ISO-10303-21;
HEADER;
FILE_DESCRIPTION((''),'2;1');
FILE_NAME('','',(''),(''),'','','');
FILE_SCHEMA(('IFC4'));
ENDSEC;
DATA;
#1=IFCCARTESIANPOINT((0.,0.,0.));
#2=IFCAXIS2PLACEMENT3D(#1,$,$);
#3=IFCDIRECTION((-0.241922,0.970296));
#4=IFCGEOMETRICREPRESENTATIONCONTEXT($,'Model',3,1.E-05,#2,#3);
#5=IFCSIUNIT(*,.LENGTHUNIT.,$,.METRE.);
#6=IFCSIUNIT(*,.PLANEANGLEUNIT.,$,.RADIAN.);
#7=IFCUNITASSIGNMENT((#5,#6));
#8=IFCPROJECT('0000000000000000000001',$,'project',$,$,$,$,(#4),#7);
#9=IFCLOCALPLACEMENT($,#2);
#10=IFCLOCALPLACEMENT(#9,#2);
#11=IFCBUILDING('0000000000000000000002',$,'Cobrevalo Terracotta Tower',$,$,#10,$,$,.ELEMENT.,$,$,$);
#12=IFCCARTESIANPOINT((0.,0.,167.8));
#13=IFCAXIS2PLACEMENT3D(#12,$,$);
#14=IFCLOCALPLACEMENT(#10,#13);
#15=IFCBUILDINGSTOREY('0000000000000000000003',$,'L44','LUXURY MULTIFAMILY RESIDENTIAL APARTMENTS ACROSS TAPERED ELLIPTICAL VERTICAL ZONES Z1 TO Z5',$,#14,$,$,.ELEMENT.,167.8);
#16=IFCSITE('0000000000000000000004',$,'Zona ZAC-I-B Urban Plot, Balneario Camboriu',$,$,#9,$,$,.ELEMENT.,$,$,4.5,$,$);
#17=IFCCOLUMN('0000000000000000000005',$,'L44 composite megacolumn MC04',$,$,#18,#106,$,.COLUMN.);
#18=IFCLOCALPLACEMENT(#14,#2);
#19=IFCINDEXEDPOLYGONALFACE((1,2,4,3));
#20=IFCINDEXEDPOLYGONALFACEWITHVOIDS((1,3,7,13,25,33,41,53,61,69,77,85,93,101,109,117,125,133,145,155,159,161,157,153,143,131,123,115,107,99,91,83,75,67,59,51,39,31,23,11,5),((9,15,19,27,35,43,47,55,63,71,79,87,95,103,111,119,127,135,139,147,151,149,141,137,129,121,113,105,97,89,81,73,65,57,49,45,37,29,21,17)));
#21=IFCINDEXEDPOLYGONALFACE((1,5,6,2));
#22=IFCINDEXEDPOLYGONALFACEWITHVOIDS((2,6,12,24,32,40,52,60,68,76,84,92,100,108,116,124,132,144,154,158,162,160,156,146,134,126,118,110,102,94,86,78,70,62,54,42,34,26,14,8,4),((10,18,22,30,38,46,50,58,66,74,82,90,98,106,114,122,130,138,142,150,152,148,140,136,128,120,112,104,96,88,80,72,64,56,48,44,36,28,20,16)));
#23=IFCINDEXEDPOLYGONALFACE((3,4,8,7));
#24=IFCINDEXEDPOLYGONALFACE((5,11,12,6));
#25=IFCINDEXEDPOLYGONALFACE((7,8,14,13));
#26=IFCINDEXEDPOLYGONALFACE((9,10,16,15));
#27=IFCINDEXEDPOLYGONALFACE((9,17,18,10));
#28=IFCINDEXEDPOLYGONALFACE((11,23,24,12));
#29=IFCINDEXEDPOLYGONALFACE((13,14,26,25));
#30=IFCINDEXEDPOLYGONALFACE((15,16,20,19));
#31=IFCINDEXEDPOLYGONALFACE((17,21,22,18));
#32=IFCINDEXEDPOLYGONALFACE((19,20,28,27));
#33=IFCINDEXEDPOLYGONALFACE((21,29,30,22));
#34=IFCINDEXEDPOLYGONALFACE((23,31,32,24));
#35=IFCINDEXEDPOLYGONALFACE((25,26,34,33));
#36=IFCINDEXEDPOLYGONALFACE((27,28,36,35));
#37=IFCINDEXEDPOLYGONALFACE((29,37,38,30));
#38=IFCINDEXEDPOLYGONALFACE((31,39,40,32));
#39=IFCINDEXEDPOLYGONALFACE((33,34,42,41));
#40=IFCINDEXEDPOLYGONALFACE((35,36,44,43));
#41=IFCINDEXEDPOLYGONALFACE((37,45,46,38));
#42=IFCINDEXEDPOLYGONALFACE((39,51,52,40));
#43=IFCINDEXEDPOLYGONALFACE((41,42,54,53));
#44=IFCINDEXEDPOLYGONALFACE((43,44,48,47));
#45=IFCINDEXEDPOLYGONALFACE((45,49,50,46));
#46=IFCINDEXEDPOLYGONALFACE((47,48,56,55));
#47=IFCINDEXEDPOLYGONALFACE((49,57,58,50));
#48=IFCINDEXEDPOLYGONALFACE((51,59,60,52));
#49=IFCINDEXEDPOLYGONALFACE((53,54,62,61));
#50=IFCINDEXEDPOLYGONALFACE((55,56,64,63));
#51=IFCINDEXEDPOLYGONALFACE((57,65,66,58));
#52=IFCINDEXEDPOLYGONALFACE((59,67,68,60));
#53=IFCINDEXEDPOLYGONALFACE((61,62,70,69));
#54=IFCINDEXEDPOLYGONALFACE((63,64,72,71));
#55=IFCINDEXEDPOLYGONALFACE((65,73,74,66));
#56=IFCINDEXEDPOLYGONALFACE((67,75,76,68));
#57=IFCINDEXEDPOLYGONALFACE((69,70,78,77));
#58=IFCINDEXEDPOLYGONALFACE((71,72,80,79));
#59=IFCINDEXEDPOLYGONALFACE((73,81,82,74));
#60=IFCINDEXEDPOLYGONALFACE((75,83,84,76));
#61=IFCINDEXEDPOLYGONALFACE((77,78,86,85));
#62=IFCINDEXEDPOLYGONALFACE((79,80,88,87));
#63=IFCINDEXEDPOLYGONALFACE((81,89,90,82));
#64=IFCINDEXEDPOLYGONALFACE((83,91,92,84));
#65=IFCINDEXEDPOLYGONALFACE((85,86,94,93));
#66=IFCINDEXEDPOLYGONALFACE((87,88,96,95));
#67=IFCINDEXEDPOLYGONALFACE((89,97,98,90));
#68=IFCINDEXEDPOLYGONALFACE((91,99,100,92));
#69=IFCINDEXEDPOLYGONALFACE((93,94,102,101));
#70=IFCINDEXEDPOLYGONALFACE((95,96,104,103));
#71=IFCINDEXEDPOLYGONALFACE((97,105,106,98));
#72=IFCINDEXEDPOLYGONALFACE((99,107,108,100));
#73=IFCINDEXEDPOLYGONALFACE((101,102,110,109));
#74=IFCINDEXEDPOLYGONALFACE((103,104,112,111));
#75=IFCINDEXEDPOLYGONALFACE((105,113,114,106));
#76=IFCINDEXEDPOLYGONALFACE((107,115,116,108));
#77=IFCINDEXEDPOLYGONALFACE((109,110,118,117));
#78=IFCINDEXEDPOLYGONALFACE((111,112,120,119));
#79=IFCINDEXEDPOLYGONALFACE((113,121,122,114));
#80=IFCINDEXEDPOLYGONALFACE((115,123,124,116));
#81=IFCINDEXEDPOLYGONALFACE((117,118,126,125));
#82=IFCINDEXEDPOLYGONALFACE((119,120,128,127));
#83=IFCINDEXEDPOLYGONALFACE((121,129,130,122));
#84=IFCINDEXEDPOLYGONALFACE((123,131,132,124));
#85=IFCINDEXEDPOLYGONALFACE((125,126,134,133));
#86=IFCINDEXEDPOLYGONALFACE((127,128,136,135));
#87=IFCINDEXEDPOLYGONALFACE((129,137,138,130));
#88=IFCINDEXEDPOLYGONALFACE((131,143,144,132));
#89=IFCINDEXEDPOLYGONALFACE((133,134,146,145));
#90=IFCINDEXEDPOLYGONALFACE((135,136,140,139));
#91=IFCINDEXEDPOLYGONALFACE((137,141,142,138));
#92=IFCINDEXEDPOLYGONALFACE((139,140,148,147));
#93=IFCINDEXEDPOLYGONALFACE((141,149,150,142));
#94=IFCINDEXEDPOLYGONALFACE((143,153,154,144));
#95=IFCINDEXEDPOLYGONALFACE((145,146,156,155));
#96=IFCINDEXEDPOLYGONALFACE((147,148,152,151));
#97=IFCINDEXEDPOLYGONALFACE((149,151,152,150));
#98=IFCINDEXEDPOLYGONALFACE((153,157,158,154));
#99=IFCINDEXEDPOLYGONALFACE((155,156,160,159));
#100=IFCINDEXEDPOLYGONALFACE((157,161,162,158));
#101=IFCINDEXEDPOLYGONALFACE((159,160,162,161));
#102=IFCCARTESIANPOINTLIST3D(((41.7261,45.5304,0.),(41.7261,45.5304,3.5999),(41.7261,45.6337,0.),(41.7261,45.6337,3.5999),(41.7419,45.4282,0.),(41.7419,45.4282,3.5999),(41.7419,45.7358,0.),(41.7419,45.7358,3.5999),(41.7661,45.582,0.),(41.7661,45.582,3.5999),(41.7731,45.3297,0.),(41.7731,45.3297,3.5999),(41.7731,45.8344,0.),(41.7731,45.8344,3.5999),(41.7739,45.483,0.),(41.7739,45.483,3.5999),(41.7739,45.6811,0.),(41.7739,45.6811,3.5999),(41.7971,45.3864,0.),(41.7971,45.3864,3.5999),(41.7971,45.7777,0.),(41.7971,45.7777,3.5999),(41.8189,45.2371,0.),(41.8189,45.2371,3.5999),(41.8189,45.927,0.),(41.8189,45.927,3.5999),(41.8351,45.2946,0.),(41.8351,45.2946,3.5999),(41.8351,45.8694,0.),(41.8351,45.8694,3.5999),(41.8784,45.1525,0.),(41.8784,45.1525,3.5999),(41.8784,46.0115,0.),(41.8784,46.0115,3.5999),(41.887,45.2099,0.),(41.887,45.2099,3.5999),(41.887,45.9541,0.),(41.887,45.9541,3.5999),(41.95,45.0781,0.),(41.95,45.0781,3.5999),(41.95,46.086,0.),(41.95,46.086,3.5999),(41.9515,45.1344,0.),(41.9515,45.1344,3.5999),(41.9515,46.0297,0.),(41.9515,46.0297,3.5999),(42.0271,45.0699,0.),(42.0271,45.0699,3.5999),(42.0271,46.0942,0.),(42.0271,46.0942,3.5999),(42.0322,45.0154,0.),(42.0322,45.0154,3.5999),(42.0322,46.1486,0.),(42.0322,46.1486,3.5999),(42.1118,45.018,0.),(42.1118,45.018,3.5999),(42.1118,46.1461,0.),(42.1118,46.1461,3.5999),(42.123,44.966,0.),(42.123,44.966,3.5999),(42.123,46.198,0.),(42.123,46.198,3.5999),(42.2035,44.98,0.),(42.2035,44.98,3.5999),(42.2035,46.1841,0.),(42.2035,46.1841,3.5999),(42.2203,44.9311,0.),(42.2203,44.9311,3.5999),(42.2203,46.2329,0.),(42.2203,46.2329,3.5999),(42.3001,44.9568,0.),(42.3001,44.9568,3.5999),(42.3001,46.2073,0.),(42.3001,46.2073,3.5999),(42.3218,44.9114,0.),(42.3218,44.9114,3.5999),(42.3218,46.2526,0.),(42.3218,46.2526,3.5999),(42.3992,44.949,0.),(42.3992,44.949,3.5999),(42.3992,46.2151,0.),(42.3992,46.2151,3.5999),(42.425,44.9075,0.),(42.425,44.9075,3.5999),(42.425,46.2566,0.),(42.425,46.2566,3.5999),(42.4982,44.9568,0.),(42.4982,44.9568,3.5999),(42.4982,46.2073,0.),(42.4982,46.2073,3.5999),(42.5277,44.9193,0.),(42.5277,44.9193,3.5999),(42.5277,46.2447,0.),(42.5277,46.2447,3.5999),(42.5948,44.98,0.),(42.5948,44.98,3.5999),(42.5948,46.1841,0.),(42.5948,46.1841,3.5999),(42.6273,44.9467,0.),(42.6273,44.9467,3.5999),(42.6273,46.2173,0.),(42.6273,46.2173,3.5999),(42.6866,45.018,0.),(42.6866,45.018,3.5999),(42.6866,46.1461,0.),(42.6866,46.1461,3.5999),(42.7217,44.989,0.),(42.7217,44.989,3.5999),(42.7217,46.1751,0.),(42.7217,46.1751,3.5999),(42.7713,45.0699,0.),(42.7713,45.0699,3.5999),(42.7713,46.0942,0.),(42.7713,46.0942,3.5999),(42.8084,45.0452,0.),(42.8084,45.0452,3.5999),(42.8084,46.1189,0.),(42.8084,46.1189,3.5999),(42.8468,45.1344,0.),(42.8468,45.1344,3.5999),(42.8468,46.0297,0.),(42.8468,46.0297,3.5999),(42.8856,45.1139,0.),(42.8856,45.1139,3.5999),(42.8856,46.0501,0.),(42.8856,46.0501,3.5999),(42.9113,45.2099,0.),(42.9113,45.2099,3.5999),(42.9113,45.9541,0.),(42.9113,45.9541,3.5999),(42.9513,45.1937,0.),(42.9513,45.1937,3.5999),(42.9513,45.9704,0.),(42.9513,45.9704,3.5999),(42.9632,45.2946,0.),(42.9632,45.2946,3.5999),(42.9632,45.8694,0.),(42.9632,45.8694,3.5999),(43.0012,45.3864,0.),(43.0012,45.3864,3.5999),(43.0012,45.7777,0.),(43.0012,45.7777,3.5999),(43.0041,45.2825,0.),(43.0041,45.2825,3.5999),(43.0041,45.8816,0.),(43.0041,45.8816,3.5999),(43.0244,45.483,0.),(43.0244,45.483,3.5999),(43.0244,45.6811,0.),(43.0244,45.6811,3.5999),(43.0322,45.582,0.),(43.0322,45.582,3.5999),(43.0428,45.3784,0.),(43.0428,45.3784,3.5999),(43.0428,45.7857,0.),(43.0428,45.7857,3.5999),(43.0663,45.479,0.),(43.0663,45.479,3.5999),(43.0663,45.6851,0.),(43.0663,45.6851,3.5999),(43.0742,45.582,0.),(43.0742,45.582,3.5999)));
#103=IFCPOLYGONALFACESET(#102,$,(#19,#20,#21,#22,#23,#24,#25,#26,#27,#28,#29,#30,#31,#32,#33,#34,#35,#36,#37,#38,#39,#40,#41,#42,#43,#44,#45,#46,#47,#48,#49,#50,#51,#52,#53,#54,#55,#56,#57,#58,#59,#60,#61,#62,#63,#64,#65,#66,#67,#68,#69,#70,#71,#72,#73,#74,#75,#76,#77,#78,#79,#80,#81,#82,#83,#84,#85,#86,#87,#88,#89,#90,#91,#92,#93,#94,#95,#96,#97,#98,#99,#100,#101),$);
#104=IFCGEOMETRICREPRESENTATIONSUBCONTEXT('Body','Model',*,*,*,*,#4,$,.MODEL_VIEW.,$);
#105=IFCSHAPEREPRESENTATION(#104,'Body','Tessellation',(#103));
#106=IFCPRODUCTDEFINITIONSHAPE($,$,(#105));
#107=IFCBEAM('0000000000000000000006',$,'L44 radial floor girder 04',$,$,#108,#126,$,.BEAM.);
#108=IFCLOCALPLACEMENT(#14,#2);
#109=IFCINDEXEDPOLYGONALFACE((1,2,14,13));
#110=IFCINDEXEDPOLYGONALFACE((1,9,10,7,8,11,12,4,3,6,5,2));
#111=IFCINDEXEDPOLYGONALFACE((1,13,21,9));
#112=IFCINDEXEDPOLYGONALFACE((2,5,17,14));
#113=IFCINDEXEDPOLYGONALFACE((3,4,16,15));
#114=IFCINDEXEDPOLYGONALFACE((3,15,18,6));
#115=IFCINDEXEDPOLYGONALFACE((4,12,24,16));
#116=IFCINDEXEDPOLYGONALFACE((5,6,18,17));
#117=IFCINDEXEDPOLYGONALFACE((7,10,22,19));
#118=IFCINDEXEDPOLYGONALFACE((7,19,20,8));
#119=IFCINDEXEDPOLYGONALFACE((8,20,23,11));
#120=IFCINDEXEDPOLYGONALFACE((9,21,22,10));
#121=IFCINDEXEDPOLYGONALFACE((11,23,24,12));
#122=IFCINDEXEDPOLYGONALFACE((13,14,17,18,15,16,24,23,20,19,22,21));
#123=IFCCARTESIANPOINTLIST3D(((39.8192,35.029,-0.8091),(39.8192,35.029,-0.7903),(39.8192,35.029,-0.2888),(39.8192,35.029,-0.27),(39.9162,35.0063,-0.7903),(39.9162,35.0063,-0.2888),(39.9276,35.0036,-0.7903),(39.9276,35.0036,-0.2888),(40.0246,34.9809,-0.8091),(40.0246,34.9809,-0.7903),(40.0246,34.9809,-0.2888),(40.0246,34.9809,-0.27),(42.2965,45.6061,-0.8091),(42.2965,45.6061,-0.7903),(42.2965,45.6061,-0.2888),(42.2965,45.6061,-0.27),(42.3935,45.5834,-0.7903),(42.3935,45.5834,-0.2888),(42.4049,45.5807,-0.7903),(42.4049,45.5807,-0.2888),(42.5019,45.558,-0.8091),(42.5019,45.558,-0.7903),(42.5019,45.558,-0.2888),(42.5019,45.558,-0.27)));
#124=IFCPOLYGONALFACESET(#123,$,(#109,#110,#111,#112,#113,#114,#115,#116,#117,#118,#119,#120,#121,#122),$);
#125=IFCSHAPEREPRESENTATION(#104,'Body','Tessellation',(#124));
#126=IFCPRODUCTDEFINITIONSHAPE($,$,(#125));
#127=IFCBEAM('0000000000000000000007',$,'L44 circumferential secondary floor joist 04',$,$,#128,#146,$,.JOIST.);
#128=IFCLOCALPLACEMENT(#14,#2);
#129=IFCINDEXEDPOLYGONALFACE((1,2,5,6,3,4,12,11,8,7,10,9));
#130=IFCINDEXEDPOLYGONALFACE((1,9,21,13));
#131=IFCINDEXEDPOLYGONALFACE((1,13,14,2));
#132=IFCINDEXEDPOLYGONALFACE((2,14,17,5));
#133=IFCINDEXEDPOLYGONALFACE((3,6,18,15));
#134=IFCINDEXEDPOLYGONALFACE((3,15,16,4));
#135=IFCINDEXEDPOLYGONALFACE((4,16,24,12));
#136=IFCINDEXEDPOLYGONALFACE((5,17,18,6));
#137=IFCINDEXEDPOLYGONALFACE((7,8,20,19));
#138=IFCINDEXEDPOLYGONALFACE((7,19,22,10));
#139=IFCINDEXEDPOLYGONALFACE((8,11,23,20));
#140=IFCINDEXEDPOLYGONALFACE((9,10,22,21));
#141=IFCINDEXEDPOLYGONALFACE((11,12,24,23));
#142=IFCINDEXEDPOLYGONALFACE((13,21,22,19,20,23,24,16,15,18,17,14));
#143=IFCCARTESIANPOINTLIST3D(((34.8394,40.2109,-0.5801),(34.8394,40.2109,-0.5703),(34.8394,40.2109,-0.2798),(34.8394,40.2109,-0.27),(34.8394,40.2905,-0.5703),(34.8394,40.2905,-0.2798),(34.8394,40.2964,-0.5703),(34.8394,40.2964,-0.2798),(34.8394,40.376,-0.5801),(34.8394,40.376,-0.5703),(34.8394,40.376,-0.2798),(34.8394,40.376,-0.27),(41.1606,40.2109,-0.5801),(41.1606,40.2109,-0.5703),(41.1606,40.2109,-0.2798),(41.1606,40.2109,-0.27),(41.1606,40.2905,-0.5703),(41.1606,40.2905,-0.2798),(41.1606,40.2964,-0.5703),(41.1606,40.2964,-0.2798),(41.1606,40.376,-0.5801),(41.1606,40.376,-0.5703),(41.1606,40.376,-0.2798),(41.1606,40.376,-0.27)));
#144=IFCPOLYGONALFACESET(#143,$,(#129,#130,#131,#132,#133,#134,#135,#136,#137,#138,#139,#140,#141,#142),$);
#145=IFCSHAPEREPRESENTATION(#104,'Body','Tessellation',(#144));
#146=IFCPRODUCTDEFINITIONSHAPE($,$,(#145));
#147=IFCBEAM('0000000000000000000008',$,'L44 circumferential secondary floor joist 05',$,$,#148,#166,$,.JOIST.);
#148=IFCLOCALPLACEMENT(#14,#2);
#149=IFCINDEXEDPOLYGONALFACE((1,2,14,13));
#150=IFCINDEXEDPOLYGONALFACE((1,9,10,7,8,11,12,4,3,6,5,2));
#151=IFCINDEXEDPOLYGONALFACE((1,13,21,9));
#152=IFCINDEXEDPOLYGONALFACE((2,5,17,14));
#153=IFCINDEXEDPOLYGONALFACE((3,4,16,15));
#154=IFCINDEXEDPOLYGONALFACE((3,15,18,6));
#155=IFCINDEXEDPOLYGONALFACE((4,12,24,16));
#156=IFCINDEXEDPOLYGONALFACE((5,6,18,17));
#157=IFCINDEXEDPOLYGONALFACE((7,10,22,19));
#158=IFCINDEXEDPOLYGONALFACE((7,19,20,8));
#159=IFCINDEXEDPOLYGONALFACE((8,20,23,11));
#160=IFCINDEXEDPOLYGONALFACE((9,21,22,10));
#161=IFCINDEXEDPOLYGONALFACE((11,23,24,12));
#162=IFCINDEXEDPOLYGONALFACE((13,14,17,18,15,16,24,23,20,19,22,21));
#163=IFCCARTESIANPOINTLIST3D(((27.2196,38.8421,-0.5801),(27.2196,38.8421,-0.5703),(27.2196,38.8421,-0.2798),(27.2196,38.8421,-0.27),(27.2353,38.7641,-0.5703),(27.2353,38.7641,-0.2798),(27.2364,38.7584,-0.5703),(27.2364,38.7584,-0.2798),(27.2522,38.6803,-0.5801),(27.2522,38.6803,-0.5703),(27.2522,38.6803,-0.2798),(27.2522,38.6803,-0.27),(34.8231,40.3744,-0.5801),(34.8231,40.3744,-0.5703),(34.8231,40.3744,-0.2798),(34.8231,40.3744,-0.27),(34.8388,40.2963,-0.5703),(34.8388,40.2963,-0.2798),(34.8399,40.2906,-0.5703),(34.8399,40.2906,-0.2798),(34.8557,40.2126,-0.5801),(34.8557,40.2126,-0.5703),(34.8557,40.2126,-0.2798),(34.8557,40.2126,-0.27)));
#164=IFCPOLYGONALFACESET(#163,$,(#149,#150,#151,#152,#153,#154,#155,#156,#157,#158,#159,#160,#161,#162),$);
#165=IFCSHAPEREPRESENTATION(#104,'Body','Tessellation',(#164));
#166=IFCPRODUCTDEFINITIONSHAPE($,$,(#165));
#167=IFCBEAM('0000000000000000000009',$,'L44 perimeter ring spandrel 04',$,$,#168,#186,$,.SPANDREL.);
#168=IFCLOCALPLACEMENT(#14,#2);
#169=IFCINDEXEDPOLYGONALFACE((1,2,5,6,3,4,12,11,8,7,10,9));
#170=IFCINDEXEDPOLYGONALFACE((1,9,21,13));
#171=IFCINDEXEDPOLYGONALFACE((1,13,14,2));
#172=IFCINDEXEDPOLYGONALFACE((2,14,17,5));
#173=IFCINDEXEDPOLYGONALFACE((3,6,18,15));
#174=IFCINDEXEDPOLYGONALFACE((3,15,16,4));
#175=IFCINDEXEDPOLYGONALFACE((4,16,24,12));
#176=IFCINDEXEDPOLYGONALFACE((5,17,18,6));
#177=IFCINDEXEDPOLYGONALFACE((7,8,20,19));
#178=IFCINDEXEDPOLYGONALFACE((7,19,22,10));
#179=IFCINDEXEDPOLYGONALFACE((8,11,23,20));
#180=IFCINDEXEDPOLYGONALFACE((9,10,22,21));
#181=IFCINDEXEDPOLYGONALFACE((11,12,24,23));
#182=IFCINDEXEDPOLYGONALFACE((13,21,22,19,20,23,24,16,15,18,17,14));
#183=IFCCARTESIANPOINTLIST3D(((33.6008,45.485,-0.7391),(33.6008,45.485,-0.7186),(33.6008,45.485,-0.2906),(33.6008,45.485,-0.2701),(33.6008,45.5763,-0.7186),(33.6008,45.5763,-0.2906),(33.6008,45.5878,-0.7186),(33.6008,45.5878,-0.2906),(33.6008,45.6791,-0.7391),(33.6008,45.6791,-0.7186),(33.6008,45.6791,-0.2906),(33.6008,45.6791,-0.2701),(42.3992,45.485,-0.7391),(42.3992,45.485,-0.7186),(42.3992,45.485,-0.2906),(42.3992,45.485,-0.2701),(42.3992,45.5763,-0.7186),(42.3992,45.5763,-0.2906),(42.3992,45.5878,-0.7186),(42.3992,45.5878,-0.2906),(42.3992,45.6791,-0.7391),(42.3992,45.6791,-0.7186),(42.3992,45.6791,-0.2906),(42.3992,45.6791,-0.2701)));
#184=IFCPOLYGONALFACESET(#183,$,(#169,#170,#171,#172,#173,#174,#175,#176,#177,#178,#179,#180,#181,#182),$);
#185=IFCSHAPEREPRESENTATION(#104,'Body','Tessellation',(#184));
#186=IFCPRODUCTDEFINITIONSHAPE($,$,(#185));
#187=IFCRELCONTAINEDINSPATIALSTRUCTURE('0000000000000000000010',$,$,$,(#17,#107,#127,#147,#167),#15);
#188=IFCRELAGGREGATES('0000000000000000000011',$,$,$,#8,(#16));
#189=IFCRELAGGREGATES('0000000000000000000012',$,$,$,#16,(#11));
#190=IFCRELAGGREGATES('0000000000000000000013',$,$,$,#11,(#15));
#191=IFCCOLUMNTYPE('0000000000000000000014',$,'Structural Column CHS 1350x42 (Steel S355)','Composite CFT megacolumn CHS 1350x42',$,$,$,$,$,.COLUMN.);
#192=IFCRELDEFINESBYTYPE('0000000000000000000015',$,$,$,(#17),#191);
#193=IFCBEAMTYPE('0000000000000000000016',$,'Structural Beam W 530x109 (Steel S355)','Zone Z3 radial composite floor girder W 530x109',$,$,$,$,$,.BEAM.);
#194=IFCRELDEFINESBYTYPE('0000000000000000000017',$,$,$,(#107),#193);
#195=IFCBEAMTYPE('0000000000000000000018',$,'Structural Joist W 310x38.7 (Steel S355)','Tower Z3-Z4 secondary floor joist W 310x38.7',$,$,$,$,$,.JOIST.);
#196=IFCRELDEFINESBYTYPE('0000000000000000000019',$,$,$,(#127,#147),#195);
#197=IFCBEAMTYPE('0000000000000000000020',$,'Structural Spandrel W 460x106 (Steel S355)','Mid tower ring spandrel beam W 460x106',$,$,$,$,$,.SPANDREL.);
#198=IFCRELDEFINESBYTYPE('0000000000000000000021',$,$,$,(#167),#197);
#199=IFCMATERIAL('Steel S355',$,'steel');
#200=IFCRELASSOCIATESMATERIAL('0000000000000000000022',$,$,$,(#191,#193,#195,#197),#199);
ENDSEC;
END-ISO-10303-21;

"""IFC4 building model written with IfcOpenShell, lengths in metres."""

from ifc_helpers import new_model, si_unit, direction, frame, origin, origin_2d, place, context, subcontext, project, spatial, hollow_circle, i_section, extrude, material, material_profile, profile_set, type_object, element, save


model = new_model("IFC4")

# Units and contexts
model_context = context("Model", 3, precision=1e-05, world=origin(), true_north=direction((-0.241922, 0.970296)))
body_context = subcontext(model_context, "Body", "Model", "MODEL_VIEW")
ifc_project = project(units=[si_unit("LENGTHUNIT", "METRE"), si_unit("PLANEANGLEUNIT", "RADIAN")], contexts=[model_context])

# Site, building, storey
site_placement = place(None, origin())
site = spatial("IfcSite", under=ifc_project, at=site_placement, Name="Zona ZAC-I-B Urban Plot, Balneario Camboriu", CompositionType="ELEMENT", RefElevation=4.5)
building_placement = place(site_placement, origin())
building = spatial("IfcBuilding", under=site, at=building_placement, Name="Cobrevalo Terracotta Tower", CompositionType="ELEMENT")
storey_placement = place(building_placement, frame((0.0, 0.0, 167.8)))
storey = spatial("IfcBuildingStorey", under=building, at=storey_placement, Name="L44", Description="LUXURY MULTIFAMILY RESIDENTIAL APARTMENTS ACROSS TAPERED ELLIPTICAL VERTICAL ZONES Z1 TO Z5", CompositionType="ELEMENT", Elevation=167.8)

# Column
ifc_material_1 = material(Name="Steel S355", Category="steel")
ifc_material_profile_1 = material_profile(ifc_material_1, hollow_circle(Radius=0.675, WallThickness=0.042, at=origin_2d()), Name="CHS 1350x42")
ifc_profile_set_1 = profile_set([ifc_material_profile_1], Name="Steel S355")
column_type = type_object("IfcColumnType", Name="Structural Column CHS 1350x42 (Steel S355)", Description="Composite CFT megacolumn CHS 1350x42", PredefinedType="COLUMN", material=ifc_profile_set_1)
column_placement = place(storey_placement, frame((42.3992, 45.582, 0.0), z_axis=(0.0, 0.0, 1.0), x_axis=(1.0, 0.0, 0.0)))
element("IfcColumn", 1, at=column_placement, inside=storey, type_object=column_type, Name="L44 composite megacolumn MC04", PredefinedType="COLUMN", context=body_context, shape_type="SweptSolid", body=[
    extrude(hollow_circle(Radius=0.675, WallThickness=0.042, at=origin_2d()), origin(), (0.0, 0.0, 1.0), 3.5999),
])

# Beams
ifc_material_profile_2 = material_profile(ifc_material_1, i_section(OverallWidth=0.2109, OverallDepth=0.5391, WebThickness=0.0117, FlangeThickness=0.0188, at=origin_2d()), Name="W 530x109")
ifc_profile_set_2 = profile_set([ifc_material_profile_2], Name="Steel S355")
beam_type_1 = type_object("IfcBeamType", Name="Structural Beam W 530x109 (Steel S355)", Description="Zone Z3 radial composite floor girder W 530x109", PredefinedType="BEAM", material=ifc_profile_set_2)
beam_1_placement = place(storey_placement, frame((42.3992, 45.582, -0.5396), z_axis=(-0.228041, -0.973652, 0.0), x_axis=(0.973652, -0.228041, 0.0)))
element("IfcBeam", 2, at=beam_1_placement, inside=storey, type_object=beam_type_1, Name="L44 radial floor girder 04", PredefinedType="BEAM", context=body_context, shape_type="SweptSolid", body=[
    extrude(i_section(OverallWidth=0.2109, OverallDepth=0.5391, WebThickness=0.0117, FlangeThickness=0.0188, at=origin_2d()), origin(), (0.0, 0.0, 1.0), 10.8633),
])
ifc_material_profile_3 = material_profile(ifc_material_1, i_section(OverallWidth=0.165, OverallDepth=0.3101, WebThickness=0.0059, FlangeThickness=0.0098, at=origin_2d()), Name="W 310x38.7")
ifc_profile_set_3 = profile_set([ifc_material_profile_3], Name="Steel S355")
beam_type_2 = type_object("IfcBeamType", Name="Structural Joist W 310x38.7 (Steel S355)", Description="Tower Z3-Z4 secondary floor joist W 310x38.7", PredefinedType="JOIST", material=ifc_profile_set_3)
beam_2_placement = place(storey_placement, frame((41.1606, 40.2935, -0.425), z_axis=(-1.0, 0.0, 0.0), x_axis=(0.0, -1.0, 0.0)))
element("IfcBeam", 3, at=beam_2_placement, inside=storey, type_object=beam_type_2, Name="L44 circumferential secondary floor joist 04", PredefinedType="JOIST", context=body_context, shape_type="SweptSolid", body=[
    extrude(i_section(OverallWidth=0.165, OverallDepth=0.3101, WebThickness=0.0059, FlangeThickness=0.0098, at=origin_2d()), origin(), (0.0, 0.0, 1.0), 6.3213),
])
beam_3_placement = place(storey_placement, frame((34.8394, 40.2935, -0.425), z_axis=(-0.980294, -0.197544, 0.0), x_axis=(0.197544, -0.980294, 0.0)))
element("IfcBeam", 4, at=beam_3_placement, inside=storey, type_object=beam_type_2, Name="L44 circumferential secondary floor joist 05", PredefinedType="JOIST", context=body_context, shape_type="SweptSolid", body=[
    extrude(i_section(OverallWidth=0.165, OverallDepth=0.3101, WebThickness=0.0059, FlangeThickness=0.0098, at=origin_2d()), origin(), (0.0, 0.0, 1.0), 7.7563),
])
ifc_material_profile_4 = material_profile(ifc_material_1, i_section(OverallWidth=0.1941, OverallDepth=0.469, WebThickness=0.0115, FlangeThickness=0.0205, at=origin_2d()), Name="W 460x106")
ifc_profile_set_4 = profile_set([ifc_material_profile_4], Name="Steel S355")
beam_type_3 = type_object("IfcBeamType", Name="Structural Spandrel W 460x106 (Steel S355)", Description="Mid tower ring spandrel beam W 460x106", PredefinedType="SPANDREL", material=ifc_profile_set_4)
beam_4_placement = place(storey_placement, frame((42.3992, 45.582, -0.5046), z_axis=(-1.0, 0.0, 0.0), x_axis=(0.0, -1.0, 0.0)))
element("IfcBeam", 5, at=beam_4_placement, inside=storey, type_object=beam_type_3, Name="L44 perimeter ring spandrel 04", PredefinedType="SPANDREL", context=body_context, shape_type="SweptSolid", body=[
    extrude(i_section(OverallWidth=0.1941, OverallDepth=0.469, WebThickness=0.0115, FlangeThickness=0.0205, at=origin_2d()), origin(), (0.0, 0.0, 1.0), 8.7983),
])

save(model, "model.ifc")
